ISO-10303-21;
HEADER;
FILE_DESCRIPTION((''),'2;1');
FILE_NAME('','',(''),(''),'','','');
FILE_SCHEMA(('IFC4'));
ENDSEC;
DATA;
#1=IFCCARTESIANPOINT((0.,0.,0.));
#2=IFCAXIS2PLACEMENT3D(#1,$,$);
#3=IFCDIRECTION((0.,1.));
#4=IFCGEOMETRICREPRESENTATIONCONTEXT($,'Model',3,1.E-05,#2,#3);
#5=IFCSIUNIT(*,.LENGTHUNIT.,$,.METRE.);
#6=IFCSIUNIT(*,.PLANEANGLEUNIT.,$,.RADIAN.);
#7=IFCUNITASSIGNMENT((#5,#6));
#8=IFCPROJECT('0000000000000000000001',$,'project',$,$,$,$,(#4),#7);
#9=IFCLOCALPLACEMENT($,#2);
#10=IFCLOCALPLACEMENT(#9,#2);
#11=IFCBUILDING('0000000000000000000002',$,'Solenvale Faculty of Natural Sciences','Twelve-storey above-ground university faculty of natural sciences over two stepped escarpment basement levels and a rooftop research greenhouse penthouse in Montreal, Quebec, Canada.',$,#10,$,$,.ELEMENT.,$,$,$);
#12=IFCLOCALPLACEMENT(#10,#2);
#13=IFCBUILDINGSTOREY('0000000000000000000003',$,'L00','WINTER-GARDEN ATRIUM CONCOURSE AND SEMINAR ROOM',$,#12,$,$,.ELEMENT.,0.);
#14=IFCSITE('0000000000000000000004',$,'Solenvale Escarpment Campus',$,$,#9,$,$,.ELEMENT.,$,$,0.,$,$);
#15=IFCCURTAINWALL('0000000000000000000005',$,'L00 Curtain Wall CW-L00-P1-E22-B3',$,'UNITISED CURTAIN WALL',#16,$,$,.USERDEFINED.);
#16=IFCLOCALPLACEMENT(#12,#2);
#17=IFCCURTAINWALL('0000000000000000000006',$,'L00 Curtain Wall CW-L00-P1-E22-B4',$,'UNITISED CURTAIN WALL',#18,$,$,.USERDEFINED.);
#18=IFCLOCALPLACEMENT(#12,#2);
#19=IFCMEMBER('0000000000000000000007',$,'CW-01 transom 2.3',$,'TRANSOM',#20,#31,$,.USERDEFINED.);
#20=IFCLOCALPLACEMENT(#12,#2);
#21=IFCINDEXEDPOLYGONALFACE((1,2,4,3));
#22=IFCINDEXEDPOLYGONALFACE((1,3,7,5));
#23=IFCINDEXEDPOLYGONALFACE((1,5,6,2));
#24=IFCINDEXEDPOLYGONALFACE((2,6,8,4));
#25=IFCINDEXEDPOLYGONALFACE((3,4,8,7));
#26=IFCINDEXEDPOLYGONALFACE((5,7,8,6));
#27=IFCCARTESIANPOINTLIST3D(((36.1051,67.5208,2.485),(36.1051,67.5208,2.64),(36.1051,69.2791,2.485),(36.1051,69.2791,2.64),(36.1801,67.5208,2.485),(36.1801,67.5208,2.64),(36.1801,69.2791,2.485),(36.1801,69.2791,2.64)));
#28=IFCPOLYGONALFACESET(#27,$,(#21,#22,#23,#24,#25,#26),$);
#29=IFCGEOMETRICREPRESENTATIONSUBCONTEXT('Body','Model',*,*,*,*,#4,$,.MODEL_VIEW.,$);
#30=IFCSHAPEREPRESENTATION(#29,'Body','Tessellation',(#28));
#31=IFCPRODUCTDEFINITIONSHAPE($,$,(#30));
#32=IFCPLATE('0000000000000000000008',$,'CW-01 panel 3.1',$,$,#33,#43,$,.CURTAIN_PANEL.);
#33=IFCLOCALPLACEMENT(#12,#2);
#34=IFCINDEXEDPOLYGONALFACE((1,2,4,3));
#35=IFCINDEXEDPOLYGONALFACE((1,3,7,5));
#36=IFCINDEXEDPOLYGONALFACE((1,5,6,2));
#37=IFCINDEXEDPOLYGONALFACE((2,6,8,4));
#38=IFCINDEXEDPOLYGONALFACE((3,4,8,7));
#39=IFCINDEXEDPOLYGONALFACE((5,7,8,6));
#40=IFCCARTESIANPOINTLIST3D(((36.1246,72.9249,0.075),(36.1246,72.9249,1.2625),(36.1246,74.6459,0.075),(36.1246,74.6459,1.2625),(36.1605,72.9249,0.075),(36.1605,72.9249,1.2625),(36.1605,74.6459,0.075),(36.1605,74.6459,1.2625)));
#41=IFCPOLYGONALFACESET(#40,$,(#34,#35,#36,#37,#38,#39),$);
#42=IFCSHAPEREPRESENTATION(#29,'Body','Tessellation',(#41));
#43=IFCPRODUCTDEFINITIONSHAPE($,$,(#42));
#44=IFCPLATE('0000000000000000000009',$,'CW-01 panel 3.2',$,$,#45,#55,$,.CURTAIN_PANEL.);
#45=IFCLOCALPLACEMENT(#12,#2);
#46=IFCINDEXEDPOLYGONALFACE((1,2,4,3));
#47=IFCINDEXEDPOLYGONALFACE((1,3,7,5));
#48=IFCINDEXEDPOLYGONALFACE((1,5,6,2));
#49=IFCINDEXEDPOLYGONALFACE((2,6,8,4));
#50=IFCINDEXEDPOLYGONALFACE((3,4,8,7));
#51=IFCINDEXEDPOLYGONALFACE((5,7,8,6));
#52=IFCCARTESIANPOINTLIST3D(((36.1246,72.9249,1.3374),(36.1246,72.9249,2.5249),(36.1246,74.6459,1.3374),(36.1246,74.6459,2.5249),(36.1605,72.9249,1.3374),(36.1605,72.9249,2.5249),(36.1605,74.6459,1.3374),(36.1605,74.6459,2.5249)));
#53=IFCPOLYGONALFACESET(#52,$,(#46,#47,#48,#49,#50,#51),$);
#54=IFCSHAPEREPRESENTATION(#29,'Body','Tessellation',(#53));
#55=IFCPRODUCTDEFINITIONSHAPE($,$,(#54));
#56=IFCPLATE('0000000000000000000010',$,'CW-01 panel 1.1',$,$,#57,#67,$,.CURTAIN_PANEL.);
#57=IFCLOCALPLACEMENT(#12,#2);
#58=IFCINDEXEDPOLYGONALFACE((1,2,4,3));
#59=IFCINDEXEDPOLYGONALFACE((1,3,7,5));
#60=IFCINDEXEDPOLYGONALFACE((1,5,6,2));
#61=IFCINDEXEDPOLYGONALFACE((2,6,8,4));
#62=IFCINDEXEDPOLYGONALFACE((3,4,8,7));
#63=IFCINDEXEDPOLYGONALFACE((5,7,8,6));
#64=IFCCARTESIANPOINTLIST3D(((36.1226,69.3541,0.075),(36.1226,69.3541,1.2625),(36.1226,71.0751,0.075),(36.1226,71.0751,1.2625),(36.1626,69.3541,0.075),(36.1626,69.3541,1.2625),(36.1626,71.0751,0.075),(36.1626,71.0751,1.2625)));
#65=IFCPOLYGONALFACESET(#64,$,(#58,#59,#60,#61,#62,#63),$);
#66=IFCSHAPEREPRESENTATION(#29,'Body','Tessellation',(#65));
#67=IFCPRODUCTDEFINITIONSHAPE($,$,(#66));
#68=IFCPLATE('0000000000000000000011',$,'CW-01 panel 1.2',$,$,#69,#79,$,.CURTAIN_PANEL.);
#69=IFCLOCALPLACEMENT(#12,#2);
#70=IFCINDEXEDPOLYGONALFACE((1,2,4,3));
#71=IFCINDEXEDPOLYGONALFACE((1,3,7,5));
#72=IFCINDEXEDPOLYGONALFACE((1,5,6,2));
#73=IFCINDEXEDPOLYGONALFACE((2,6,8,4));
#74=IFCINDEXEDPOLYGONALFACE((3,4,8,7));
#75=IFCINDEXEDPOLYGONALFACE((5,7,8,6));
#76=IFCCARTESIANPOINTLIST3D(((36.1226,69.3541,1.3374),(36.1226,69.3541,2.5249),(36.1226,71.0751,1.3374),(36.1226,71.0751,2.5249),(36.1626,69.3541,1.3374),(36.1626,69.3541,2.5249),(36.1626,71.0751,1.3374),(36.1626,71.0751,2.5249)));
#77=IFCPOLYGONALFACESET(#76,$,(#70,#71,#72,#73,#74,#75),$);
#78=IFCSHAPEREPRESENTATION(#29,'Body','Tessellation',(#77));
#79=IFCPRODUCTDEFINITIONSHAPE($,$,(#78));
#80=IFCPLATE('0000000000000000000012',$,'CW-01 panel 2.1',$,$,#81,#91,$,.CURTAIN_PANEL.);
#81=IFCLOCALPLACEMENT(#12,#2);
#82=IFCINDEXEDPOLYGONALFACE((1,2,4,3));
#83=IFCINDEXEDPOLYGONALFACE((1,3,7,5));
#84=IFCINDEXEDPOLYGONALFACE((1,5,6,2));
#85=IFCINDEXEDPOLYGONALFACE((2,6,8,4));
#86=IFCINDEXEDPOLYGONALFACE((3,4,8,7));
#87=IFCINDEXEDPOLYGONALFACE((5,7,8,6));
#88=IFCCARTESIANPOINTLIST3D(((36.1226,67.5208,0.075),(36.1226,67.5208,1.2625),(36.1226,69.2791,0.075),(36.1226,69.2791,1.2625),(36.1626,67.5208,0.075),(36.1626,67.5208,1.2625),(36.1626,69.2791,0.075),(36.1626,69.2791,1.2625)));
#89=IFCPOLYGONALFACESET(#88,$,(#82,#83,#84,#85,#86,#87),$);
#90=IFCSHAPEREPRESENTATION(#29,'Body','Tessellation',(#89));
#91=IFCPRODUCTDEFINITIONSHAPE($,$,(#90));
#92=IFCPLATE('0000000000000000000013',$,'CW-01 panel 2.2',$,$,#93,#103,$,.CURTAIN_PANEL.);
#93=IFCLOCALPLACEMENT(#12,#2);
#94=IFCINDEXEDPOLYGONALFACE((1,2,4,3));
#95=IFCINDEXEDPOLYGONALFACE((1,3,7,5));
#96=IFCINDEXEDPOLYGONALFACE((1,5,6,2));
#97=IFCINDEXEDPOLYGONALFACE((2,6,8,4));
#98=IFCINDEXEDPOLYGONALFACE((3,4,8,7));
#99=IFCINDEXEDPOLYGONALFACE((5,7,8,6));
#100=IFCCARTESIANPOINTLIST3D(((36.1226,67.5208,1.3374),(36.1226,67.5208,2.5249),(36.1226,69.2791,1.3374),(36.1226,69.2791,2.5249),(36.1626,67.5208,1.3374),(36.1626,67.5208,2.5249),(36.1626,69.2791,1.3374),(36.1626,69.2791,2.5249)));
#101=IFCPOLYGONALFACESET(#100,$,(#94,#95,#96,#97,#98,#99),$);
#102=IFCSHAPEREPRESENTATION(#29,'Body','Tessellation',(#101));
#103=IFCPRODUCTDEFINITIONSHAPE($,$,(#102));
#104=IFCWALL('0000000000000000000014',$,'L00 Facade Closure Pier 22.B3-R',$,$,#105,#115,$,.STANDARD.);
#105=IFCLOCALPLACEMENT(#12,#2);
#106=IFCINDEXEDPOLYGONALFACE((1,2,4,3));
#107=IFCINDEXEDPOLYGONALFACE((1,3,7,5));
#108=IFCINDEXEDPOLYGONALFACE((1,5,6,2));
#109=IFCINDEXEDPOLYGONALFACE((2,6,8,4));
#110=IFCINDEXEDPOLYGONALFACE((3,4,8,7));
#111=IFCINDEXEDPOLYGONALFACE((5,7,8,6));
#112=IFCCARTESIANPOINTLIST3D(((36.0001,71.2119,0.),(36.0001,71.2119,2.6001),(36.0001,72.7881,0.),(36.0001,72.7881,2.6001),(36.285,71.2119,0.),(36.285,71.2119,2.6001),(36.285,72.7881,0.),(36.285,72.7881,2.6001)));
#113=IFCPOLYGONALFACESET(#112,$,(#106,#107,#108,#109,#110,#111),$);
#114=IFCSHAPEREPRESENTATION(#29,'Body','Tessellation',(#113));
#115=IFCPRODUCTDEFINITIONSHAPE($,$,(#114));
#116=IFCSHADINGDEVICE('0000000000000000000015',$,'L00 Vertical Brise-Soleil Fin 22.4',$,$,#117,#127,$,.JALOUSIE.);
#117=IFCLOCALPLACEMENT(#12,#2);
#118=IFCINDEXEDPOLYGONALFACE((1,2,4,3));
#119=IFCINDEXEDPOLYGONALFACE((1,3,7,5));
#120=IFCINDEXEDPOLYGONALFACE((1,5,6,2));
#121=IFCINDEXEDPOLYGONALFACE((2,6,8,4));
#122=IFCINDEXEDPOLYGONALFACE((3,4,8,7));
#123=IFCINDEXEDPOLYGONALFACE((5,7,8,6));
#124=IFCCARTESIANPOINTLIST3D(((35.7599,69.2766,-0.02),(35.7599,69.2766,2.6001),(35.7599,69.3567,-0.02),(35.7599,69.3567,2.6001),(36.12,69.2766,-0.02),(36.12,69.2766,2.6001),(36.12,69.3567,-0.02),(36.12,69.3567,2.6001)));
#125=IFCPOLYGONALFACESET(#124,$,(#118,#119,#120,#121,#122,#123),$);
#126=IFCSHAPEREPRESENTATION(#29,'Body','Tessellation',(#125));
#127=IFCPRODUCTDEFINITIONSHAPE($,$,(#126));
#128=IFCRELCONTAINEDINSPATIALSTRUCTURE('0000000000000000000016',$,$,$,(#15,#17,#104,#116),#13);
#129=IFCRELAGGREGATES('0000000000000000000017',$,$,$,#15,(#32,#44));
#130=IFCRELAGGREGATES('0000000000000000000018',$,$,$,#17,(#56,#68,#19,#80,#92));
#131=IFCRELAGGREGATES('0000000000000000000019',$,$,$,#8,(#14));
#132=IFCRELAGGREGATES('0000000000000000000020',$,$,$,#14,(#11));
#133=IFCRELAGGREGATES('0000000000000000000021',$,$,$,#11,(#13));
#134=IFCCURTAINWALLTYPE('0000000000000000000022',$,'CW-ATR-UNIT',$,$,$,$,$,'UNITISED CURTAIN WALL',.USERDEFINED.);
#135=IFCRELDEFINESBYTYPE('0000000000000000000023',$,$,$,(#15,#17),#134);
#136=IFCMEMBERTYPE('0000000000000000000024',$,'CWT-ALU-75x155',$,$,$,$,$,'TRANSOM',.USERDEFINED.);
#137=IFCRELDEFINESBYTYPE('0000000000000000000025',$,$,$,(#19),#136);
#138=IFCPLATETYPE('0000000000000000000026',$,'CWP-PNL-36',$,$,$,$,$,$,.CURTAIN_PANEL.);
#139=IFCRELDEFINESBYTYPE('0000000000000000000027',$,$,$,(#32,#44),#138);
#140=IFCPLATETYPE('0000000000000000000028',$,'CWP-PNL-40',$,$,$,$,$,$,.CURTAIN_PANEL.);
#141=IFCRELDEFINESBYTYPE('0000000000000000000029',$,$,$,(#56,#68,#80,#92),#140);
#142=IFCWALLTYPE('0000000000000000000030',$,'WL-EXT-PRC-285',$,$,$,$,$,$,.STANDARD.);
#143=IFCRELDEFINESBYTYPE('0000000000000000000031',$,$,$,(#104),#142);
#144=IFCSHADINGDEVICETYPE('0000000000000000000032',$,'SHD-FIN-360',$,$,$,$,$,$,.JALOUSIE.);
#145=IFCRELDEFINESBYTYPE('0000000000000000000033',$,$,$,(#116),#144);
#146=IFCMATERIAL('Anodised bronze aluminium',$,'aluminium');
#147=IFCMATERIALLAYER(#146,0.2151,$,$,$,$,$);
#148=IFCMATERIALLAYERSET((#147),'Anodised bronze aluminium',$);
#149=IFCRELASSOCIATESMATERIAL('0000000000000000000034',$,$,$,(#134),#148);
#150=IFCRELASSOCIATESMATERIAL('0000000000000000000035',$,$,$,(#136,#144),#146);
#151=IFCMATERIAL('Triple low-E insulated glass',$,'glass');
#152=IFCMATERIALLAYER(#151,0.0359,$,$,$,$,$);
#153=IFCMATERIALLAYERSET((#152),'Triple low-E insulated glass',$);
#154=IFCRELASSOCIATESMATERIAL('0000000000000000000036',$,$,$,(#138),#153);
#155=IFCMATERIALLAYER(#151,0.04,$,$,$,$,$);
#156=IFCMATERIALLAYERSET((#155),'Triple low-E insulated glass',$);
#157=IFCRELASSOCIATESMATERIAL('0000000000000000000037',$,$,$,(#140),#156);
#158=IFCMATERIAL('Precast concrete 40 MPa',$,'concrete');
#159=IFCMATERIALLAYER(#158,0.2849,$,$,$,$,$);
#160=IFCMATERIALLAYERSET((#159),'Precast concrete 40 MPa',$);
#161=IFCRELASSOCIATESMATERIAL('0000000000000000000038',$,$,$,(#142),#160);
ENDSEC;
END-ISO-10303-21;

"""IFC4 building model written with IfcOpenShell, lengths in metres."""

from ifc_helpers import new_model, si_unit, direction, frame, frame_2d, origin, origin_2d, place, context, subcontext, project, spatial, rectangle, extrude, material, layer, layer_set, material_profile, profile_set, type_object, element, aggregate, save


model = new_model("IFC4")

# Units and contexts
model_context = context("Model", 3, precision=1e-05, world=origin(), true_north=direction((0.0, 1.0)))
body_context = subcontext(model_context, "Body", "Model", "MODEL_VIEW")
ifc_project = project(units=[si_unit("LENGTHUNIT", "METRE"), si_unit("PLANEANGLEUNIT", "RADIAN")], contexts=[model_context])

# Site, building, storey
site_placement = place(None, origin())
site = spatial("IfcSite", under=ifc_project, at=site_placement, Name="Solenvale Escarpment Campus", CompositionType="ELEMENT", RefElevation=0.0)
building_placement = place(site_placement, origin())
building = spatial("IfcBuilding", under=site, at=building_placement, Name="Solenvale Faculty of Natural Sciences", Description="Twelve-storey above-ground university faculty of natural sciences over two stepped escarpment basement levels and a rooftop research greenhouse penthouse in Montreal, Quebec, Canada.", CompositionType="ELEMENT")
storey_placement = place(building_placement, origin())
storey = spatial("IfcBuildingStorey", under=building, at=storey_placement, Name="L00", Description="WINTER-GARDEN ATRIUM CONCOURSE AND SEMINAR ROOM", CompositionType="ELEMENT", Elevation=0.0)

# Curtain wall
ifc_material_1 = material(Name="Anodised bronze aluminium", Category="aluminium")
ifc_layer_1 = layer(ifc_material_1, 0.2151)
ifc_layer_set_1 = layer_set([ifc_layer_1], Name="Anodised bronze aluminium")
curtain_wall_type = type_object("IfcCurtainWallType", Name="CW-ATR-UNIT", ElementType="UNITISED CURTAIN WALL", PredefinedType="USERDEFINED", material=ifc_layer_set_1)
curtain_wall_1_placement = place(storey_placement, origin())
curtain_wall_1 = element("IfcCurtainWall", 1, at=curtain_wall_1_placement, inside=storey, type_object=curtain_wall_type, Name="L00 Curtain Wall CW-L00-P1-E22-B3", ObjectType="UNITISED CURTAIN WALL", PredefinedType="USERDEFINED")

# Curtain wall
curtain_wall_2_placement = place(storey_placement, origin())
curtain_wall_2 = element("IfcCurtainWall", 2, at=curtain_wall_2_placement, inside=storey, type_object=curtain_wall_type, Name="L00 Curtain Wall CW-L00-P1-E22-B4", ObjectType="UNITISED CURTAIN WALL", PredefinedType="USERDEFINED")

# Member
ifc_material_profile_1 = material_profile(ifc_material_1, rectangle(XDim=0.075, YDim=0.155, at=origin_2d()), Name="ALU-TRN-75x155")
ifc_profile_set_1 = profile_set([ifc_material_profile_1], Name="Anodised bronze aluminium")
member_type_1 = type_object("IfcMemberType", Name="CWT-ALU-75x155", ElementType="TRANSOM", PredefinedType="USERDEFINED", material=ifc_profile_set_1)
member_1_placement = place(storey_placement, frame((36.1426, 69.2791, 2.5625), z_axis=(0.0, -1.0, 0.0), x_axis=(1.0, 0.0, 0.0)))
member_1 = element("IfcMember", 3, at=member_1_placement, type_object=member_type_1, Name="CW-01 transom 2.3", ObjectType="TRANSOM", PredefinedType="USERDEFINED", context=body_context, shape_type="SweptSolid", body=[
    extrude(rectangle(XDim=0.075, YDim=0.155, at=origin_2d()), origin(), (0.0, 0.0, 1.0), 1.7583),
])

# Plates
ifc_material_2 = material(Name="Triple low-E insulated glass", Category="glass")
ifc_layer_2 = layer(ifc_material_2, 0.0359)
ifc_layer_set_2 = layer_set([ifc_layer_2], Name="Triple low-E insulated glass")
plate_type_1 = type_object("IfcPlateType", Name="CWP-PNL-36", PredefinedType="CURTAIN_PANEL", material=ifc_layer_set_2)
plate_1_placement = place(storey_placement, frame((36.1426, 73.7854, 0.075), z_axis=(0.0, 0.0, 1.0), x_axis=(0.0, -1.0, 0.0)))
plate_1 = element("IfcPlate", 4, at=plate_1_placement, type_object=plate_type_1, Name="CW-01 panel 3.1", PredefinedType="CURTAIN_PANEL", context=body_context, shape_type="SweptSolid", body=[
    extrude(rectangle(XDim=1.7209, YDim=0.0359, at=origin_2d()), origin(), (0.0, 0.0, 1.0), 1.1875),
])
plate_2_placement = place(storey_placement, frame((36.1426, 73.7854, 1.3374), z_axis=(0.0, 0.0, 1.0), x_axis=(0.0, -1.0, 0.0)))
plate_2 = element("IfcPlate", 5, at=plate_2_placement, type_object=plate_type_1, Name="CW-01 panel 3.2", PredefinedType="CURTAIN_PANEL", context=body_context, shape_type="SweptSolid", body=[
    extrude(rectangle(XDim=1.7209, YDim=0.0359, at=origin_2d()), origin(), (0.0, 0.0, 1.0), 1.1875),
])
aggregate(curtain_wall_1, [plate_1, plate_2])
ifc_layer_3 = layer(ifc_material_2, 0.04)
ifc_layer_set_3 = layer_set([ifc_layer_3], Name="Triple low-E insulated glass")
plate_type_2 = type_object("IfcPlateType", Name="CWP-PNL-40", PredefinedType="CURTAIN_PANEL", material=ifc_layer_set_3)
plate_3_placement = place(storey_placement, frame((36.1426, 70.2146, 0.075), z_axis=(0.0, 0.0, 1.0), x_axis=(0.0, -1.0, 0.0)))
plate_3 = element("IfcPlate", 6, at=plate_3_placement, type_object=plate_type_2, Name="CW-01 panel 1.1", PredefinedType="CURTAIN_PANEL", context=body_context, shape_type="SweptSolid", body=[
    extrude(rectangle(XDim=1.7209, YDim=0.04, at=origin_2d()), origin(), (0.0, 0.0, 1.0), 1.1875),
])
plate_4_placement = place(storey_placement, frame((36.1426, 70.2146, 1.3374), z_axis=(0.0, 0.0, 1.0), x_axis=(0.0, -1.0, 0.0)))
plate_4 = element("IfcPlate", 7, at=plate_4_placement, type_object=plate_type_2, Name="CW-01 panel 1.2", PredefinedType="CURTAIN_PANEL", context=body_context, shape_type="SweptSolid", body=[
    extrude(rectangle(XDim=1.7209, YDim=0.04, at=origin_2d()), origin(), (0.0, 0.0, 1.0), 1.1875),
])
plate_5_placement = place(storey_placement, frame((36.1426, 68.3999, 0.075), z_axis=(0.0, 0.0, 1.0), x_axis=(0.0, -1.0, 0.0)))
plate_5 = element("IfcPlate", 8, at=plate_5_placement, type_object=plate_type_2, Name="CW-01 panel 2.1", PredefinedType="CURTAIN_PANEL", context=body_context, shape_type="SweptSolid", body=[
    extrude(rectangle(XDim=1.7583, YDim=0.04, at=origin_2d()), origin(), (0.0, 0.0, 1.0), 1.1875),
])
plate_6_placement = place(storey_placement, frame((36.1426, 68.3999, 1.3374), z_axis=(0.0, 0.0, 1.0), x_axis=(0.0, -1.0, 0.0)))
plate_6 = element("IfcPlate", 9, at=plate_6_placement, type_object=plate_type_2, Name="CW-01 panel 2.2", PredefinedType="CURTAIN_PANEL", context=body_context, shape_type="SweptSolid", body=[
    extrude(rectangle(XDim=1.7583, YDim=0.04, at=origin_2d()), origin(), (0.0, 0.0, 1.0), 1.1875),
])
aggregate(curtain_wall_2, [plate_3, plate_4, member_1, plate_5, plate_6])

# Wall
ifc_material_3 = material(Name="Precast concrete 40 MPa", Category="concrete")
ifc_layer_4 = layer(ifc_material_3, 0.2849)
ifc_layer_set_4 = layer_set([ifc_layer_4], Name="Precast concrete 40 MPa")
wall_type = type_object("IfcWallType", Name="WL-EXT-PRC-285", PredefinedType="STANDARD", material=ifc_layer_set_4)
wall_placement = place(storey_placement, frame((36.1426, 72.7881, 0.0), z_axis=(0.0, 0.0, 1.0), x_axis=(0.0, -1.0, 0.0)))
element("IfcWall", 10, at=wall_placement, inside=storey, type_object=wall_type, Name="L00 Facade Closure Pier 22.B3-R", PredefinedType="STANDARD", context=body_context, shape_type="SweptSolid", body=[
    extrude(rectangle(XDim=1.5762, YDim=0.2849, at=frame_2d((0.7881, 0.0))), origin(), (0.0, 0.0, 1.0), 2.6001),
])

# Shading device
ifc_material_profile_2 = material_profile(ifc_material_1, rectangle(XDim=0.0801, YDim=0.3601, at=origin_2d()), Name="ALU-FIN-80x360")
ifc_profile_set_2 = profile_set([ifc_material_profile_2], Name="Anodised bronze aluminium")
shading_device_type = type_object("IfcShadingDeviceType", Name="SHD-FIN-360", PredefinedType="JALOUSIE", material=ifc_profile_set_2)
shading_device_placement = place(storey_placement, frame((35.9399, 69.3167, -0.02), z_axis=(0.0, 0.0, 1.0), x_axis=(0.0, 1.0, 0.0)))
element("IfcShadingDevice", 11, at=shading_device_placement, inside=storey, type_object=shading_device_type, Name="L00 Vertical Brise-Soleil Fin 22.4", PredefinedType="JALOUSIE", context=body_context, shape_type="SweptSolid", body=[
    extrude(rectangle(XDim=0.0801, YDim=0.3601, at=origin_2d()), origin(), (0.0, 0.0, 1.0), 2.6201),
])

save(model, "model.ifc")
